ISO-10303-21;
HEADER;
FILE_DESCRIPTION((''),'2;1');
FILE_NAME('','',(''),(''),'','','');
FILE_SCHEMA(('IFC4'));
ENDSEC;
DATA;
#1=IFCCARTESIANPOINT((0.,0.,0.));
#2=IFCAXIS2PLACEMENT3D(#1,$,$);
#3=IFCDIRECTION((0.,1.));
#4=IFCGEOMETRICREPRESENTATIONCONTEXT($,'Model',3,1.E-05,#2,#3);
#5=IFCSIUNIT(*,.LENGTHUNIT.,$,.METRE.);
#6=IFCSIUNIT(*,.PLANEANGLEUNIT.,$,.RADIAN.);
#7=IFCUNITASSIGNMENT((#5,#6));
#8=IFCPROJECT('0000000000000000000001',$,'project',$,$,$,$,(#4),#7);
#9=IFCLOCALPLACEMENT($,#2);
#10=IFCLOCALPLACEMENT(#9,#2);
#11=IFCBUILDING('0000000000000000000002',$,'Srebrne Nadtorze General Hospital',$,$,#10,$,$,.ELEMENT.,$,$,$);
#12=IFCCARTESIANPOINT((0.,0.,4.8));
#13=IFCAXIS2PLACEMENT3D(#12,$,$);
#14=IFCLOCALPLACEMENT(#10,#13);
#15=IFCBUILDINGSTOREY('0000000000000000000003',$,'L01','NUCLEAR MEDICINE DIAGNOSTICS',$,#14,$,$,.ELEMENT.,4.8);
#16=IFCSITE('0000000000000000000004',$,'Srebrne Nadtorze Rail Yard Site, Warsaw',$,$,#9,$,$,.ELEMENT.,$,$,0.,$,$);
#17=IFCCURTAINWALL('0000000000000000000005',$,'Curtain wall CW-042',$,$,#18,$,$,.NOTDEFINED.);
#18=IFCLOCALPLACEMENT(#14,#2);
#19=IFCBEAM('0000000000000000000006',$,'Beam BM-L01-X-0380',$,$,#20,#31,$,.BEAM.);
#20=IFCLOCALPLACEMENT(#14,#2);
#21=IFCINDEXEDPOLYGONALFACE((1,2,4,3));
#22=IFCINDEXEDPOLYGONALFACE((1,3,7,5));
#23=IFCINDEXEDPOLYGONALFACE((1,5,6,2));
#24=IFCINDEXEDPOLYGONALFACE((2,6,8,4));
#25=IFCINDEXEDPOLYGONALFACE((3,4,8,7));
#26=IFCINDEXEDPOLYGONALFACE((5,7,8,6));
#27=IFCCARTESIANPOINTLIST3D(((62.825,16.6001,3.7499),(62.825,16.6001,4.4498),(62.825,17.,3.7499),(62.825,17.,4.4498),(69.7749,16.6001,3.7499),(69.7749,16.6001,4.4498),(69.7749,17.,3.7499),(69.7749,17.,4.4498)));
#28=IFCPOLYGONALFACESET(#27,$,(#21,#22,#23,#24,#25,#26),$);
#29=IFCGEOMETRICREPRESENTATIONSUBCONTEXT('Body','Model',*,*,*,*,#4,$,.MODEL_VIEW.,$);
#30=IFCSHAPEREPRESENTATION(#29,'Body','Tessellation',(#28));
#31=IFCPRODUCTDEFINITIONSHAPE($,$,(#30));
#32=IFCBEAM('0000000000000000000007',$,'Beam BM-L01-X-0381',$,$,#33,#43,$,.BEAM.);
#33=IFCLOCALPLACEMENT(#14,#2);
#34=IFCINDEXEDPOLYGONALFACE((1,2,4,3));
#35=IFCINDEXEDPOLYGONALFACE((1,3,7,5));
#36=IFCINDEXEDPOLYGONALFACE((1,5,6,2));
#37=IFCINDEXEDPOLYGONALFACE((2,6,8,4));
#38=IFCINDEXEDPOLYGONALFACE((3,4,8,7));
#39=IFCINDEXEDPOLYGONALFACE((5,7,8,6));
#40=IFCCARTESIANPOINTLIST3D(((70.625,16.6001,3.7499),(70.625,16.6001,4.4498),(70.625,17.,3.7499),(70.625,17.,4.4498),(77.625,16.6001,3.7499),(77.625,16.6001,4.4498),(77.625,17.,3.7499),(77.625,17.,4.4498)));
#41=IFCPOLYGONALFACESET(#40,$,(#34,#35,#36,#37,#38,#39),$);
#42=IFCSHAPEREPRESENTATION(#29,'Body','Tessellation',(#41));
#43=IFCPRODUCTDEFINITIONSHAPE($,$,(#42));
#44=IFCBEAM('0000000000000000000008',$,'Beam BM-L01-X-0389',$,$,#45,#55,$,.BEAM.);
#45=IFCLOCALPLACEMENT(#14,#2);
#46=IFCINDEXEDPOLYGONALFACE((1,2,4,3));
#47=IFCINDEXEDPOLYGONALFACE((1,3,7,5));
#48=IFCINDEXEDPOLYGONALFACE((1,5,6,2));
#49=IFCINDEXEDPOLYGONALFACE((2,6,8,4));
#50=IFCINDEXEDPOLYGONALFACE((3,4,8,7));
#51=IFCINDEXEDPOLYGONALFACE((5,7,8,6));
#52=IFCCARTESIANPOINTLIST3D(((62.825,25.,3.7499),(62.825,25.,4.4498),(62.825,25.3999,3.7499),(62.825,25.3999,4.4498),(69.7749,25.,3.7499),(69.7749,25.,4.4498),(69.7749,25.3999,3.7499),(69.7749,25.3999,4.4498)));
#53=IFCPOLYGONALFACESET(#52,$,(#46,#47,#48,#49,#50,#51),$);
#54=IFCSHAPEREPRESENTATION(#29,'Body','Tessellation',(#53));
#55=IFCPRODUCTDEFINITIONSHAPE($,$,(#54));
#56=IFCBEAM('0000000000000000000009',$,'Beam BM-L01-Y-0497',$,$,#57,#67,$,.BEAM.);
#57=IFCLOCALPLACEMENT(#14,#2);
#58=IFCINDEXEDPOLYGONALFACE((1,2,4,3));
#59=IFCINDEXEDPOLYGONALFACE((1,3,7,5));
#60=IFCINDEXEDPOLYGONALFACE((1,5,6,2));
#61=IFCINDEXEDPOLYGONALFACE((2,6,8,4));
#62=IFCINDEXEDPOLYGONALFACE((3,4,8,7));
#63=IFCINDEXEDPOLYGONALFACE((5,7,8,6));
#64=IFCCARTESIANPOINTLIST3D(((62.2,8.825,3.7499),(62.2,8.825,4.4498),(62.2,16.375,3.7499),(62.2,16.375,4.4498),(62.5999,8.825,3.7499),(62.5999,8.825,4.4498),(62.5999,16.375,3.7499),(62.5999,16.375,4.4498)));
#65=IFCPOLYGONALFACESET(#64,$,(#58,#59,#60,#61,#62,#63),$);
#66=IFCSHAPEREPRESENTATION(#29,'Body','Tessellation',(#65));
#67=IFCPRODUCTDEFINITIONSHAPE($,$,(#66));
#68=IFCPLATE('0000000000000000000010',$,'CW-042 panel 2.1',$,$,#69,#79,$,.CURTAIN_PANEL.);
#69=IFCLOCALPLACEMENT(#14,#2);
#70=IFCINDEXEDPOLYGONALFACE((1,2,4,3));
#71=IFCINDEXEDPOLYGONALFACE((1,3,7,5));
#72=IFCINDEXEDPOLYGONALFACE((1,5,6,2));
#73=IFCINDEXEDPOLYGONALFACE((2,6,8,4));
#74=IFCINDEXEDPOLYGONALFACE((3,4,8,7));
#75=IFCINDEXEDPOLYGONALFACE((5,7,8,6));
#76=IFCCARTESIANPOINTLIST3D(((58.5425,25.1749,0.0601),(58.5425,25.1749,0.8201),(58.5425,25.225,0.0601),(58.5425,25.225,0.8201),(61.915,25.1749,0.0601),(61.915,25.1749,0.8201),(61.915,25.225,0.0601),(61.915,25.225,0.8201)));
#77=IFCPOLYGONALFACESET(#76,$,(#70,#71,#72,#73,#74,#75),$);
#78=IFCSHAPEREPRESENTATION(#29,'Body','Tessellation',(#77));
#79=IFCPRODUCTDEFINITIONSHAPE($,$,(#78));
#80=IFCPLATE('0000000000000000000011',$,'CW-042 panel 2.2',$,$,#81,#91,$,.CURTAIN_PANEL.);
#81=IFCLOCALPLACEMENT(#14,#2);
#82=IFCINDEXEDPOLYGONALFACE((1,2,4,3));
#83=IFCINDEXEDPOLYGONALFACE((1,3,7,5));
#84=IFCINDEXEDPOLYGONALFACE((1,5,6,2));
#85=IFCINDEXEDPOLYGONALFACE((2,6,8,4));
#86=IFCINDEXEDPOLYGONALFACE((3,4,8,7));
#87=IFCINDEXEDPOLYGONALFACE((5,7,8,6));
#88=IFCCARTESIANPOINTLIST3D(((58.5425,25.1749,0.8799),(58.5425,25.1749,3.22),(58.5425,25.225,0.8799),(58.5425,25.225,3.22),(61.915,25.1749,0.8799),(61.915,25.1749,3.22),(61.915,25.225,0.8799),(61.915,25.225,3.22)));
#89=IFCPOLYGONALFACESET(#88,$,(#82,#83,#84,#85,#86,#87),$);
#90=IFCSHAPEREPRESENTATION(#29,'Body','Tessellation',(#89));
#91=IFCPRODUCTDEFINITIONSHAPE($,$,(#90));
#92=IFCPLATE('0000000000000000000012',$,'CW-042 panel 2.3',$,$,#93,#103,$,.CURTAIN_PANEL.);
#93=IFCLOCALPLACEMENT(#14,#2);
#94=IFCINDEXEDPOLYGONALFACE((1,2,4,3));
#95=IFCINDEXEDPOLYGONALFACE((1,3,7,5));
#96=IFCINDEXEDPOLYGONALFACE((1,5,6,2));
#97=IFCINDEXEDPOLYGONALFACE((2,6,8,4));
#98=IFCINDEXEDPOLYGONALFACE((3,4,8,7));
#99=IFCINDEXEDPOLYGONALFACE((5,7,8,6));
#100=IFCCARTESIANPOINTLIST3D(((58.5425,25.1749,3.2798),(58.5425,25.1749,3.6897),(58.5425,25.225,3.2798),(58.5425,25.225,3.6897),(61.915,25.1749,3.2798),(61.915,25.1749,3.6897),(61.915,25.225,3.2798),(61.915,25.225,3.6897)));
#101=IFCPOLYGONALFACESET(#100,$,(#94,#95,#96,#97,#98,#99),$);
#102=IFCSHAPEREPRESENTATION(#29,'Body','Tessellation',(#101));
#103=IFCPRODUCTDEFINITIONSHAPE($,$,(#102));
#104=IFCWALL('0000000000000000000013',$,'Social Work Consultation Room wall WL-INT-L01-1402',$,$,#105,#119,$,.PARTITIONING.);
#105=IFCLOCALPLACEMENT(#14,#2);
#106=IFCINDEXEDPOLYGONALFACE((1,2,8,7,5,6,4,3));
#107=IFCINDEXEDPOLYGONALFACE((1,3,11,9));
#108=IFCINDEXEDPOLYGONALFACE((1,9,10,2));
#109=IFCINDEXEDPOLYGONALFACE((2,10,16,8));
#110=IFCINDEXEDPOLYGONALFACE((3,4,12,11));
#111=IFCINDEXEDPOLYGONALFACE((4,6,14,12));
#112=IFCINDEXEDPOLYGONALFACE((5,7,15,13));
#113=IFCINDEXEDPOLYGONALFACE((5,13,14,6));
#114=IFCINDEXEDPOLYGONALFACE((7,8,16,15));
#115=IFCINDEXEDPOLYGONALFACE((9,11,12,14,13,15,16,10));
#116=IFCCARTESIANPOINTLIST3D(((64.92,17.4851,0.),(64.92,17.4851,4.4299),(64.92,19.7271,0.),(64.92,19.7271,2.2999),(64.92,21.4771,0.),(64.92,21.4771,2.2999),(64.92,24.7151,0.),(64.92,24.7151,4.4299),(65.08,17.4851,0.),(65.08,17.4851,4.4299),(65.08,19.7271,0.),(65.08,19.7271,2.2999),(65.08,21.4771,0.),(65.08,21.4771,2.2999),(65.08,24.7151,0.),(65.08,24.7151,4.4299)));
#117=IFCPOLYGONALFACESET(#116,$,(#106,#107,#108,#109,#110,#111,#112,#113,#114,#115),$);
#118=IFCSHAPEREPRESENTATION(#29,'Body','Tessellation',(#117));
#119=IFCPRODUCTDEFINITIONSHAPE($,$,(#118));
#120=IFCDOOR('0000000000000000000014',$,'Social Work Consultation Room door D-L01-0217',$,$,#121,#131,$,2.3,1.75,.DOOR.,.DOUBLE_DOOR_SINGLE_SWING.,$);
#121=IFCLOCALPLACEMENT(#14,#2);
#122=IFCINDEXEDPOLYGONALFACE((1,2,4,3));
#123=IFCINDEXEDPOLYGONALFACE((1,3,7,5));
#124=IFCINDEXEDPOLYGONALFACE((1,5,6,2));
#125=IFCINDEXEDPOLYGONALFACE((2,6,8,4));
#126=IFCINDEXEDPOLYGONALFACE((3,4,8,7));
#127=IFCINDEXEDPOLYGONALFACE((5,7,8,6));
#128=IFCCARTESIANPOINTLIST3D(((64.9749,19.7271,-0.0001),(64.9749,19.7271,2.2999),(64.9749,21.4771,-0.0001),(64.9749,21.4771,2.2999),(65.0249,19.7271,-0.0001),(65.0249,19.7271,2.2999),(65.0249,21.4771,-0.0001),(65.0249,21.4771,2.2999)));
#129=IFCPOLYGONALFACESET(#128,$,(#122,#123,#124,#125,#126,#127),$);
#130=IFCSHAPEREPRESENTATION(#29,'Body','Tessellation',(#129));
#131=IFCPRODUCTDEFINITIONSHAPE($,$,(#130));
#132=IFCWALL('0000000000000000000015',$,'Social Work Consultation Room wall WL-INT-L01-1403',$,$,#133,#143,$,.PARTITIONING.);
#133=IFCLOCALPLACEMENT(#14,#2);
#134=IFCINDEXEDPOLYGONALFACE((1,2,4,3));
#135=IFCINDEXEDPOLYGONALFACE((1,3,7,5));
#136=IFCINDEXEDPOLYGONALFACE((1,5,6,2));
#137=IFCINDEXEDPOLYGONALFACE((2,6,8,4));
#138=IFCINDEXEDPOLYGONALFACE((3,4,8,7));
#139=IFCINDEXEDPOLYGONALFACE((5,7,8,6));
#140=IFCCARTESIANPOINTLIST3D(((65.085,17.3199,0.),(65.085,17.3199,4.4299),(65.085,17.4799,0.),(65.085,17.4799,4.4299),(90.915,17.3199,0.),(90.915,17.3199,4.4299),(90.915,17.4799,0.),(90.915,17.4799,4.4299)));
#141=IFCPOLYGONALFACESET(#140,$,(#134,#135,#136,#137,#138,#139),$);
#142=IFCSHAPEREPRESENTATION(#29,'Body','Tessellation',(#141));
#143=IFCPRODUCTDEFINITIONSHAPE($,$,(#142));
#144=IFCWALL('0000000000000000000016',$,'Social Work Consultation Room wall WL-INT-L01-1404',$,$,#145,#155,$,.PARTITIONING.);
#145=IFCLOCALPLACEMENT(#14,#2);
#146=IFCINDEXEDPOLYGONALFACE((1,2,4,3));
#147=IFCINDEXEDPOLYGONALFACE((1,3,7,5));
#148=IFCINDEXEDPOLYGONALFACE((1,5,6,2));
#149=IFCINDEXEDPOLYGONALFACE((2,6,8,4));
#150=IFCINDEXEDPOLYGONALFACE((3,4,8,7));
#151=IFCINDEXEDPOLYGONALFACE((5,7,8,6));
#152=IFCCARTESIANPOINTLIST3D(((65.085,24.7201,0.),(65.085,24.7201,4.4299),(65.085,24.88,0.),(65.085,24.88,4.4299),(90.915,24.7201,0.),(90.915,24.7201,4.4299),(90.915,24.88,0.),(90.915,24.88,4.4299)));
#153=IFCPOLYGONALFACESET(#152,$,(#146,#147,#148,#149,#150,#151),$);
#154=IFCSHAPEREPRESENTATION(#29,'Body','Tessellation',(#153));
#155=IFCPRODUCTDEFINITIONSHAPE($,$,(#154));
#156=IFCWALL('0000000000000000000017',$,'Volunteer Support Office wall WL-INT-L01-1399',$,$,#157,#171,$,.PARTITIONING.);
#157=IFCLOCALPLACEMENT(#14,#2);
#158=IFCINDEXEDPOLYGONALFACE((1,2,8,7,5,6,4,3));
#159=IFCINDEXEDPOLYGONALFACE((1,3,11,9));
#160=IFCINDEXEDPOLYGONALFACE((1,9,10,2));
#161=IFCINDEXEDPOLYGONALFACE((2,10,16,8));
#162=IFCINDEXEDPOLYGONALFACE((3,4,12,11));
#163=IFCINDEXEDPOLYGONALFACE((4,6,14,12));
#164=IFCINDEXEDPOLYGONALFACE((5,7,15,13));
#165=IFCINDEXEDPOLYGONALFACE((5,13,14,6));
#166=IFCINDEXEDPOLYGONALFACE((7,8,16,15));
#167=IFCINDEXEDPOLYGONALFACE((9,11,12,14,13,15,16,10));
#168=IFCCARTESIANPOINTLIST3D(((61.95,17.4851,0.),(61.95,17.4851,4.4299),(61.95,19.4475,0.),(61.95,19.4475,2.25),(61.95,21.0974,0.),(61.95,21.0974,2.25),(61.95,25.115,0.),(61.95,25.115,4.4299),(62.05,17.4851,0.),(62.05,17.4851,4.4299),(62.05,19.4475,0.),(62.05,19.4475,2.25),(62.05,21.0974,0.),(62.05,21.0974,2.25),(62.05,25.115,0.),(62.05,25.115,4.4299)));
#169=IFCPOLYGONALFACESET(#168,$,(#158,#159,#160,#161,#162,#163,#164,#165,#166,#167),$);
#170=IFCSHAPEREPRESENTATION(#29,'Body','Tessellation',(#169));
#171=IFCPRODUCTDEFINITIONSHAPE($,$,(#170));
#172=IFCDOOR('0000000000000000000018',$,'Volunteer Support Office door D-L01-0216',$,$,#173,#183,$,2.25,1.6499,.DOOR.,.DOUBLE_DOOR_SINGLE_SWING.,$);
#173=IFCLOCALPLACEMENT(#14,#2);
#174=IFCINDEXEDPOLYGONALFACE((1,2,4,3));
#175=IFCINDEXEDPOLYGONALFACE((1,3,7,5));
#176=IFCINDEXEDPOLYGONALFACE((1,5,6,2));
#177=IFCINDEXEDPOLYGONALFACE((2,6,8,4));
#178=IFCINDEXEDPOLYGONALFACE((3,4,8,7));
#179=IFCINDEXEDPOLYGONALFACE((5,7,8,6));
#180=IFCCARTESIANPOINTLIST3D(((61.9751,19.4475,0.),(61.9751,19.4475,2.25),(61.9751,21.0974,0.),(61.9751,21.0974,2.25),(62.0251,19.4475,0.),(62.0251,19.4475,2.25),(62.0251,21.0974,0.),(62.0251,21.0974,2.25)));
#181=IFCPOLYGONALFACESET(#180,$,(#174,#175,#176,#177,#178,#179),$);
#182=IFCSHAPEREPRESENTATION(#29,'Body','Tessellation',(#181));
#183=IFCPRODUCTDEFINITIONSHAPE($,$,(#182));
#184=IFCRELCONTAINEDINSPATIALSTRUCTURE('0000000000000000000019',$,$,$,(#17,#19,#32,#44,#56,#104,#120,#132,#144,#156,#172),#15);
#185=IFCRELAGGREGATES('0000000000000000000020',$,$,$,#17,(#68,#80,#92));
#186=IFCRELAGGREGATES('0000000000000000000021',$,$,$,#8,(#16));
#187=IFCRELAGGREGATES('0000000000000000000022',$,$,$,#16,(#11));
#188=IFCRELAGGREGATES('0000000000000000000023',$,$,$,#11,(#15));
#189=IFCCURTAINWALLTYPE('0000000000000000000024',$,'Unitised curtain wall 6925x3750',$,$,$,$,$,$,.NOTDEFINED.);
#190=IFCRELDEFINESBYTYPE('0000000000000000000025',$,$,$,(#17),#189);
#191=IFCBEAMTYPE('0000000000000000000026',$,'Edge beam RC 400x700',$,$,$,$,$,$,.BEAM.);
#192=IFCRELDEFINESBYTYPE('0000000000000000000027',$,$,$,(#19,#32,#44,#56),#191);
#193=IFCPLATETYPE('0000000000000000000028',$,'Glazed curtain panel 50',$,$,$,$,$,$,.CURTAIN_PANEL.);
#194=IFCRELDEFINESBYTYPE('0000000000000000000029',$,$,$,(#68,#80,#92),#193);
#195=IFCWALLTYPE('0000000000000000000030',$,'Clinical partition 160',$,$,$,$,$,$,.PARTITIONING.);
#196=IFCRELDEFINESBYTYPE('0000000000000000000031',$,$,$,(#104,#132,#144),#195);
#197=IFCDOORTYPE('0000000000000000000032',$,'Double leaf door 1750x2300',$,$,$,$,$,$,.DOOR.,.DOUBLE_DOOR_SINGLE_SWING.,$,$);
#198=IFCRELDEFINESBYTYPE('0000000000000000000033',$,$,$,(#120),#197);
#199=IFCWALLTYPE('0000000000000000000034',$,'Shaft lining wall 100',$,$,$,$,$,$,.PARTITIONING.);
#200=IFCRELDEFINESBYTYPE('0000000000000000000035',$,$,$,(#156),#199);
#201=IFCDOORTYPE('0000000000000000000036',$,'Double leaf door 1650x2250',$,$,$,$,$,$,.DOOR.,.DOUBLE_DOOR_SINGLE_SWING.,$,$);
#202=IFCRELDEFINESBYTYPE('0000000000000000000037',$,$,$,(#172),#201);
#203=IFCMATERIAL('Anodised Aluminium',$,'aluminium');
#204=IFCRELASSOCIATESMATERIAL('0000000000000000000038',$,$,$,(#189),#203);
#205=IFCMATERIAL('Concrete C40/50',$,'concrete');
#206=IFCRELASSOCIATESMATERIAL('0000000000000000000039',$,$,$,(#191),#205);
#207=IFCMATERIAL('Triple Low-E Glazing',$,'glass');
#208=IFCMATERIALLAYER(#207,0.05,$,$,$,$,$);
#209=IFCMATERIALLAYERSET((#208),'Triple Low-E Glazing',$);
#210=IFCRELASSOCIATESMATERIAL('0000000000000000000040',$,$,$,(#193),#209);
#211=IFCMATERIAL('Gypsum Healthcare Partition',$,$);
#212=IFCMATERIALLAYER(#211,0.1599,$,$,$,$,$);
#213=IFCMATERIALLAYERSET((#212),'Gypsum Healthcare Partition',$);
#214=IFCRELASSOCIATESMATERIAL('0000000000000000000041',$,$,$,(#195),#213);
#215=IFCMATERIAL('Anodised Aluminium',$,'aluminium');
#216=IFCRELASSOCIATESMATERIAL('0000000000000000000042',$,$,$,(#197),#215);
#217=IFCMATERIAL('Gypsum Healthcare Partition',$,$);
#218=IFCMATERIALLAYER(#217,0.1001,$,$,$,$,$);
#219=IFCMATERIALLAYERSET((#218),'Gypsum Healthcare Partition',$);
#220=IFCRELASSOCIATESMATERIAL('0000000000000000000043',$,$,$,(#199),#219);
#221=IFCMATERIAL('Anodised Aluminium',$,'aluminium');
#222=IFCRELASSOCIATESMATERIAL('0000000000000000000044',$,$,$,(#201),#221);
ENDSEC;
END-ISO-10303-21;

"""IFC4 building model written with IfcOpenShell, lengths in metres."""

from ifc_helpers import new_model, si_unit, direction, frame, frame_2d, origin, origin_2d, place, context, subcontext, project, spatial, rectangle, extrude, material, layer, layer_set, material_profile, profile_set, type_object, element, fill, aggregate, save


model = new_model("IFC4")

# Units and contexts
model_context = context("Model", 3, precision=1e-05, world=origin(), true_north=direction((0.0, 1.0)))
body_context = subcontext(model_context, "Body", "Model", "MODEL_VIEW")
ifc_project = project(units=[si_unit("LENGTHUNIT", "METRE"), si_unit("PLANEANGLEUNIT", "RADIAN")], contexts=[model_context])

# Site, building, storey
site_placement = place(None, origin())
site = spatial("IfcSite", under=ifc_project, at=site_placement, Name="Srebrne Nadtorze Rail Yard Site, Warsaw", CompositionType="ELEMENT", RefElevation=0.0)
building_placement = place(site_placement, origin())
building = spatial("IfcBuilding", under=site, at=building_placement, Name="Srebrne Nadtorze General Hospital", CompositionType="ELEMENT")
storey_placement = place(building_placement, frame((0.0, 0.0, 4.8)))
storey = spatial("IfcBuildingStorey", under=building, at=storey_placement, Name="L01", Description="NUCLEAR MEDICINE DIAGNOSTICS", CompositionType="ELEMENT", Elevation=4.8)

# Curtain wall
ifc_material_1 = material(Name="Anodised Aluminium", Category="aluminium")
curtain_wall_type_1 = type_object("IfcCurtainWallType", Name="Unitised curtain wall 6925x3750", PredefinedType="NOTDEFINED", material=ifc_material_1)
curtain_wall_1_placement = place(storey_placement, origin())
curtain_wall_1 = element("IfcCurtainWall", 1, at=curtain_wall_1_placement, inside=storey, type_object=curtain_wall_type_1, Name="Curtain wall CW-042", PredefinedType="NOTDEFINED")

# Beams
ifc_material_2 = material(Name="Concrete C40/50", Category="concrete")
ifc_material_profile_1 = material_profile(ifc_material_2, rectangle(XDim=0.3999, YDim=0.7, at=origin_2d()), Name="RC-BM-400x700")
ifc_profile_set_1 = profile_set([ifc_material_profile_1], Name="Concrete C40/50")
beam_type = type_object("IfcBeamType", Name="Edge beam RC 400x700", PredefinedType="BEAM", material=ifc_profile_set_1)
beam_1_placement = place(storey_placement, frame((62.825, 16.8, 4.0999), z_axis=(1.0, 0.0, 0.0), x_axis=(0.0, 1.0, 0.0)))
element("IfcBeam", 2, at=beam_1_placement, inside=storey, type_object=beam_type, Name="Beam BM-L01-X-0380", PredefinedType="BEAM", context=body_context, shape_type="SweptSolid", body=[
    extrude(rectangle(XDim=0.3999, YDim=0.7, at=origin_2d()), origin(), (0.0, 0.0, 1.0), 6.95),
])
beam_2_placement = place(storey_placement, frame((70.625, 16.8, 4.0999), z_axis=(1.0, 0.0, 0.0), x_axis=(0.0, 1.0, 0.0)))
element("IfcBeam", 3, at=beam_2_placement, inside=storey, type_object=beam_type, Name="Beam BM-L01-X-0381", PredefinedType="BEAM", context=body_context, shape_type="SweptSolid", body=[
    extrude(rectangle(XDim=0.3999, YDim=0.7, at=origin_2d()), origin(), (0.0, 0.0, 1.0), 7.0),
])
beam_3_placement = place(storey_placement, frame((62.825, 25.2, 4.0999), z_axis=(1.0, 0.0, 0.0), x_axis=(0.0, 1.0, 0.0)))
element("IfcBeam", 4, at=beam_3_placement, inside=storey, type_object=beam_type, Name="Beam BM-L01-X-0389", PredefinedType="BEAM", context=body_context, shape_type="SweptSolid", body=[
    extrude(rectangle(XDim=0.3999, YDim=0.7, at=origin_2d()), origin(), (0.0, 0.0, 1.0), 6.95),
])
beam_4_placement = place(storey_placement, frame((62.3999, 8.825, 4.0999), z_axis=(0.0, 1.0, 0.0), x_axis=(-1.0, 0.0, 0.0)))
element("IfcBeam", 5, at=beam_4_placement, inside=storey, type_object=beam_type, Name="Beam BM-L01-Y-0497", PredefinedType="BEAM", context=body_context, shape_type="SweptSolid", body=[
    extrude(rectangle(XDim=0.3999, YDim=0.7, at=origin_2d()), origin(), (0.0, 0.0, 1.0), 7.55),
])

# Plates
ifc_material_3 = material(Name="Triple Low-E Glazing", Category="glass")
ifc_layer_1 = layer(ifc_material_3, 0.05)
ifc_layer_set_1 = layer_set([ifc_layer_1], Name="Triple Low-E Glazing")
plate_type = type_object("IfcPlateType", Name="Glazed curtain panel 50", PredefinedType="CURTAIN_PANEL", material=ifc_layer_set_1)
plate_1_placement = place(storey_placement, frame((60.2288, 25.2, 0.0601), z_axis=(0.0, 0.0, 1.0), x_axis=(1.0, 0.0, 0.0)))
plate_1 = element("IfcPlate", 6, at=plate_1_placement, type_object=plate_type, Name="CW-042 panel 2.1", PredefinedType="CURTAIN_PANEL", context=body_context, shape_type="SweptSolid", body=[
    extrude(rectangle(XDim=3.3726, YDim=0.05, at=origin_2d()), origin(), (0.0, 0.0, 1.0), 0.76),
])
plate_2_placement = place(storey_placement, frame((60.2288, 25.2, 0.8799), z_axis=(0.0, 0.0, 1.0), x_axis=(1.0, 0.0, 0.0)))
plate_2 = element("IfcPlate", 7, at=plate_2_placement, type_object=plate_type, Name="CW-042 panel 2.2", PredefinedType="CURTAIN_PANEL", context=body_context, shape_type="SweptSolid", body=[
    extrude(rectangle(XDim=3.3726, YDim=0.05, at=origin_2d()), origin(), (0.0, 0.0, 1.0), 2.3401),
])
plate_3_placement = place(storey_placement, frame((60.2288, 25.2, 3.2798), z_axis=(0.0, 0.0, 1.0), x_axis=(1.0, 0.0, 0.0)))
plate_3 = element("IfcPlate", 8, at=plate_3_placement, type_object=plate_type, Name="CW-042 panel 2.3", PredefinedType="CURTAIN_PANEL", context=body_context, shape_type="SweptSolid", body=[
    extrude(rectangle(XDim=3.3726, YDim=0.05, at=origin_2d()), origin(), (0.0, 0.0, 1.0), 0.4099),
])
aggregate(curtain_wall_1, [plate_1, plate_2, plate_3])

# Wall, opening, door
ifc_material_4 = material(Name="Gypsum Healthcare Partition")
ifc_layer_2 = layer(ifc_material_4, 0.1599)
ifc_layer_set_2 = layer_set([ifc_layer_2], Name="Gypsum Healthcare Partition")
wall_type_1 = type_object("IfcWallType", Name="Clinical partition 160", PredefinedType="PARTITIONING", material=ifc_layer_set_2)
wall_1_placement = place(storey_placement, frame((65.0, 17.4851, 0.0), z_axis=(0.0, 0.0, 1.0), x_axis=(0.0, 1.0, 0.0)))
wall_1 = element("IfcWall", 9, at=wall_1_placement, inside=storey, type_object=wall_type_1, Name="Social Work Consultation Room wall WL-INT-L01-1402", PredefinedType="PARTITIONING", context=body_context, shape_type="SweptSolid", body=[
    extrude(rectangle(XDim=7.23, YDim=0.1599, at=frame_2d((3.615, 0.0))), origin(), (0.0, 0.0, 1.0), 4.4299),
])
opening_1_placement = place(wall_1_placement, frame((2.2419, 0.0, 0.0)))
opening_1 = element("IfcOpeningElement", 10, at=opening_1_placement, cuts=wall_1, PredefinedType="OPENING", context=body_context, shape_type="SweptSolid", body=[
    extrude(rectangle(XDim=1.75, YDim=2.3, at=frame_2d((0.875, 1.1499))), frame((0.0, 0.0918, 0.0), z_axis=(0.0, -1.0, 0.0), x_axis=(1.0, 0.0, 0.0)), (0.0, 0.0, 1.0), 0.1838),
])
ifc_material_5 = material(Name="Anodised Aluminium", Category="aluminium")
door_type_1 = type_object("IfcDoorType", Name="Double leaf door 1750x2300", OperationType="DOUBLE_DOOR_SINGLE_SWING", PredefinedType="DOOR", material=ifc_material_5)
door_1_placement = place(opening_1_placement, frame((1.75, 0.0, 0.0), z_axis=(0.0, 0.0, 1.0), x_axis=(-1.0, 0.0, 0.0)))
door_1 = element("IfcDoor", 11, at=door_1_placement, inside=storey, type_object=door_type_1, Name="Social Work Consultation Room door D-L01-0217", OperationType="DOUBLE_DOOR_SINGLE_SWING", OverallHeight=2.3, OverallWidth=1.75, PredefinedType="DOOR", context=body_context, shape_type="SweptSolid", body=[
    extrude(rectangle(XDim=1.75, YDim=2.3, at=frame_2d((0.875, 1.1499))), frame((0.0, 0.0249, 0.0), z_axis=(0.0, -1.0, 0.0), x_axis=(1.0, 0.0, 0.0)), (0.0, 0.0, 1.0), 0.05),
])
fill(opening_1, door_1)

# Walls
for number, where, z_axis, x_axis, name in (
    (12, (65.085, 17.3999, 0.0), (0.0, 0.0, 1.0), (1.0, 0.0, 0.0), "Social Work Consultation Room wall WL-INT-L01-1403"),
    (13, (65.085, 24.8, 0.0), (0.0, 0.0, 1.0), (1.0, 0.0, 0.0), "Social Work Consultation Room wall WL-INT-L01-1404"),
):
    element("IfcWall", number, at=place(storey_placement, frame(where, z_axis=z_axis, x_axis=x_axis)), inside=storey, type_object=wall_type_1, Name=name, PredefinedType="PARTITIONING", context=body_context, shape_type="SweptSolid", body=[
        extrude(rectangle(XDim=25.8301, YDim=0.1599, at=frame_2d((12.915, 0.0))), origin(), (0.0, 0.0, 1.0), 4.4299),
    ])

# Wall, opening, door
ifc_material_6 = material(Name="Gypsum Healthcare Partition")
ifc_layer_3 = layer(ifc_material_6, 0.1001)
ifc_layer_set_3 = layer_set([ifc_layer_3], Name="Gypsum Healthcare Partition")
wall_type_2 = type_object("IfcWallType", Name="Shaft lining wall 100", PredefinedType="PARTITIONING", material=ifc_layer_set_3)
wall_2_placement = place(storey_placement, frame((62.0, 17.4851, 0.0), z_axis=(0.0, 0.0, 1.0), x_axis=(0.0, 1.0, 0.0)))
wall_2 = element("IfcWall", 14, at=wall_2_placement, inside=storey, type_object=wall_type_2, Name="Volunteer Support Office wall WL-INT-L01-1399", PredefinedType="PARTITIONING", context=body_context, shape_type="SweptSolid", body=[
    extrude(rectangle(XDim=7.6299, YDim=0.1001, at=frame_2d((3.8149, 0.0))), origin(), (0.0, 0.0, 1.0), 4.4299),
])
opening_2_placement = place(wall_2_placement, frame((1.9624, 0.0, 0.0)))
opening_2 = element("IfcOpeningElement", 15, at=opening_2_placement, cuts=wall_2, PredefinedType="OPENING", context=body_context, shape_type="SweptSolid", body=[
    extrude(rectangle(XDim=1.6499, YDim=2.25, at=frame_2d((0.825, 1.125))), frame((0.0, 0.062, 0.0), z_axis=(0.0, -1.0, 0.0), x_axis=(1.0, 0.0, 0.0)), (0.0, 0.0, 1.0), 0.124),
])
ifc_material_7 = material(Name="Anodised Aluminium", Category="aluminium")
door_type_2 = type_object("IfcDoorType", Name="Double leaf door 1650x2250", OperationType="DOUBLE_DOOR_SINGLE_SWING", PredefinedType="DOOR", material=ifc_material_7)
door_2_placement = place(opening_2_placement, origin())
door_2 = element("IfcDoor", 16, at=door_2_placement, inside=storey, type_object=door_type_2, Name="Volunteer Support Office door D-L01-0216", OperationType="DOUBLE_DOOR_SINGLE_SWING", OverallHeight=2.25, OverallWidth=1.6499, PredefinedType="DOOR", context=body_context, shape_type="SweptSolid", body=[
    extrude(rectangle(XDim=1.6499, YDim=2.25, at=frame_2d((0.825, 1.125))), frame((0.0, 0.0249, 0.0), z_axis=(0.0, -1.0, 0.0), x_axis=(1.0, 0.0, 0.0)), (0.0, 0.0, 1.0), 0.05),
])
fill(opening_2, door_2)

save(model, "model.ifc")
